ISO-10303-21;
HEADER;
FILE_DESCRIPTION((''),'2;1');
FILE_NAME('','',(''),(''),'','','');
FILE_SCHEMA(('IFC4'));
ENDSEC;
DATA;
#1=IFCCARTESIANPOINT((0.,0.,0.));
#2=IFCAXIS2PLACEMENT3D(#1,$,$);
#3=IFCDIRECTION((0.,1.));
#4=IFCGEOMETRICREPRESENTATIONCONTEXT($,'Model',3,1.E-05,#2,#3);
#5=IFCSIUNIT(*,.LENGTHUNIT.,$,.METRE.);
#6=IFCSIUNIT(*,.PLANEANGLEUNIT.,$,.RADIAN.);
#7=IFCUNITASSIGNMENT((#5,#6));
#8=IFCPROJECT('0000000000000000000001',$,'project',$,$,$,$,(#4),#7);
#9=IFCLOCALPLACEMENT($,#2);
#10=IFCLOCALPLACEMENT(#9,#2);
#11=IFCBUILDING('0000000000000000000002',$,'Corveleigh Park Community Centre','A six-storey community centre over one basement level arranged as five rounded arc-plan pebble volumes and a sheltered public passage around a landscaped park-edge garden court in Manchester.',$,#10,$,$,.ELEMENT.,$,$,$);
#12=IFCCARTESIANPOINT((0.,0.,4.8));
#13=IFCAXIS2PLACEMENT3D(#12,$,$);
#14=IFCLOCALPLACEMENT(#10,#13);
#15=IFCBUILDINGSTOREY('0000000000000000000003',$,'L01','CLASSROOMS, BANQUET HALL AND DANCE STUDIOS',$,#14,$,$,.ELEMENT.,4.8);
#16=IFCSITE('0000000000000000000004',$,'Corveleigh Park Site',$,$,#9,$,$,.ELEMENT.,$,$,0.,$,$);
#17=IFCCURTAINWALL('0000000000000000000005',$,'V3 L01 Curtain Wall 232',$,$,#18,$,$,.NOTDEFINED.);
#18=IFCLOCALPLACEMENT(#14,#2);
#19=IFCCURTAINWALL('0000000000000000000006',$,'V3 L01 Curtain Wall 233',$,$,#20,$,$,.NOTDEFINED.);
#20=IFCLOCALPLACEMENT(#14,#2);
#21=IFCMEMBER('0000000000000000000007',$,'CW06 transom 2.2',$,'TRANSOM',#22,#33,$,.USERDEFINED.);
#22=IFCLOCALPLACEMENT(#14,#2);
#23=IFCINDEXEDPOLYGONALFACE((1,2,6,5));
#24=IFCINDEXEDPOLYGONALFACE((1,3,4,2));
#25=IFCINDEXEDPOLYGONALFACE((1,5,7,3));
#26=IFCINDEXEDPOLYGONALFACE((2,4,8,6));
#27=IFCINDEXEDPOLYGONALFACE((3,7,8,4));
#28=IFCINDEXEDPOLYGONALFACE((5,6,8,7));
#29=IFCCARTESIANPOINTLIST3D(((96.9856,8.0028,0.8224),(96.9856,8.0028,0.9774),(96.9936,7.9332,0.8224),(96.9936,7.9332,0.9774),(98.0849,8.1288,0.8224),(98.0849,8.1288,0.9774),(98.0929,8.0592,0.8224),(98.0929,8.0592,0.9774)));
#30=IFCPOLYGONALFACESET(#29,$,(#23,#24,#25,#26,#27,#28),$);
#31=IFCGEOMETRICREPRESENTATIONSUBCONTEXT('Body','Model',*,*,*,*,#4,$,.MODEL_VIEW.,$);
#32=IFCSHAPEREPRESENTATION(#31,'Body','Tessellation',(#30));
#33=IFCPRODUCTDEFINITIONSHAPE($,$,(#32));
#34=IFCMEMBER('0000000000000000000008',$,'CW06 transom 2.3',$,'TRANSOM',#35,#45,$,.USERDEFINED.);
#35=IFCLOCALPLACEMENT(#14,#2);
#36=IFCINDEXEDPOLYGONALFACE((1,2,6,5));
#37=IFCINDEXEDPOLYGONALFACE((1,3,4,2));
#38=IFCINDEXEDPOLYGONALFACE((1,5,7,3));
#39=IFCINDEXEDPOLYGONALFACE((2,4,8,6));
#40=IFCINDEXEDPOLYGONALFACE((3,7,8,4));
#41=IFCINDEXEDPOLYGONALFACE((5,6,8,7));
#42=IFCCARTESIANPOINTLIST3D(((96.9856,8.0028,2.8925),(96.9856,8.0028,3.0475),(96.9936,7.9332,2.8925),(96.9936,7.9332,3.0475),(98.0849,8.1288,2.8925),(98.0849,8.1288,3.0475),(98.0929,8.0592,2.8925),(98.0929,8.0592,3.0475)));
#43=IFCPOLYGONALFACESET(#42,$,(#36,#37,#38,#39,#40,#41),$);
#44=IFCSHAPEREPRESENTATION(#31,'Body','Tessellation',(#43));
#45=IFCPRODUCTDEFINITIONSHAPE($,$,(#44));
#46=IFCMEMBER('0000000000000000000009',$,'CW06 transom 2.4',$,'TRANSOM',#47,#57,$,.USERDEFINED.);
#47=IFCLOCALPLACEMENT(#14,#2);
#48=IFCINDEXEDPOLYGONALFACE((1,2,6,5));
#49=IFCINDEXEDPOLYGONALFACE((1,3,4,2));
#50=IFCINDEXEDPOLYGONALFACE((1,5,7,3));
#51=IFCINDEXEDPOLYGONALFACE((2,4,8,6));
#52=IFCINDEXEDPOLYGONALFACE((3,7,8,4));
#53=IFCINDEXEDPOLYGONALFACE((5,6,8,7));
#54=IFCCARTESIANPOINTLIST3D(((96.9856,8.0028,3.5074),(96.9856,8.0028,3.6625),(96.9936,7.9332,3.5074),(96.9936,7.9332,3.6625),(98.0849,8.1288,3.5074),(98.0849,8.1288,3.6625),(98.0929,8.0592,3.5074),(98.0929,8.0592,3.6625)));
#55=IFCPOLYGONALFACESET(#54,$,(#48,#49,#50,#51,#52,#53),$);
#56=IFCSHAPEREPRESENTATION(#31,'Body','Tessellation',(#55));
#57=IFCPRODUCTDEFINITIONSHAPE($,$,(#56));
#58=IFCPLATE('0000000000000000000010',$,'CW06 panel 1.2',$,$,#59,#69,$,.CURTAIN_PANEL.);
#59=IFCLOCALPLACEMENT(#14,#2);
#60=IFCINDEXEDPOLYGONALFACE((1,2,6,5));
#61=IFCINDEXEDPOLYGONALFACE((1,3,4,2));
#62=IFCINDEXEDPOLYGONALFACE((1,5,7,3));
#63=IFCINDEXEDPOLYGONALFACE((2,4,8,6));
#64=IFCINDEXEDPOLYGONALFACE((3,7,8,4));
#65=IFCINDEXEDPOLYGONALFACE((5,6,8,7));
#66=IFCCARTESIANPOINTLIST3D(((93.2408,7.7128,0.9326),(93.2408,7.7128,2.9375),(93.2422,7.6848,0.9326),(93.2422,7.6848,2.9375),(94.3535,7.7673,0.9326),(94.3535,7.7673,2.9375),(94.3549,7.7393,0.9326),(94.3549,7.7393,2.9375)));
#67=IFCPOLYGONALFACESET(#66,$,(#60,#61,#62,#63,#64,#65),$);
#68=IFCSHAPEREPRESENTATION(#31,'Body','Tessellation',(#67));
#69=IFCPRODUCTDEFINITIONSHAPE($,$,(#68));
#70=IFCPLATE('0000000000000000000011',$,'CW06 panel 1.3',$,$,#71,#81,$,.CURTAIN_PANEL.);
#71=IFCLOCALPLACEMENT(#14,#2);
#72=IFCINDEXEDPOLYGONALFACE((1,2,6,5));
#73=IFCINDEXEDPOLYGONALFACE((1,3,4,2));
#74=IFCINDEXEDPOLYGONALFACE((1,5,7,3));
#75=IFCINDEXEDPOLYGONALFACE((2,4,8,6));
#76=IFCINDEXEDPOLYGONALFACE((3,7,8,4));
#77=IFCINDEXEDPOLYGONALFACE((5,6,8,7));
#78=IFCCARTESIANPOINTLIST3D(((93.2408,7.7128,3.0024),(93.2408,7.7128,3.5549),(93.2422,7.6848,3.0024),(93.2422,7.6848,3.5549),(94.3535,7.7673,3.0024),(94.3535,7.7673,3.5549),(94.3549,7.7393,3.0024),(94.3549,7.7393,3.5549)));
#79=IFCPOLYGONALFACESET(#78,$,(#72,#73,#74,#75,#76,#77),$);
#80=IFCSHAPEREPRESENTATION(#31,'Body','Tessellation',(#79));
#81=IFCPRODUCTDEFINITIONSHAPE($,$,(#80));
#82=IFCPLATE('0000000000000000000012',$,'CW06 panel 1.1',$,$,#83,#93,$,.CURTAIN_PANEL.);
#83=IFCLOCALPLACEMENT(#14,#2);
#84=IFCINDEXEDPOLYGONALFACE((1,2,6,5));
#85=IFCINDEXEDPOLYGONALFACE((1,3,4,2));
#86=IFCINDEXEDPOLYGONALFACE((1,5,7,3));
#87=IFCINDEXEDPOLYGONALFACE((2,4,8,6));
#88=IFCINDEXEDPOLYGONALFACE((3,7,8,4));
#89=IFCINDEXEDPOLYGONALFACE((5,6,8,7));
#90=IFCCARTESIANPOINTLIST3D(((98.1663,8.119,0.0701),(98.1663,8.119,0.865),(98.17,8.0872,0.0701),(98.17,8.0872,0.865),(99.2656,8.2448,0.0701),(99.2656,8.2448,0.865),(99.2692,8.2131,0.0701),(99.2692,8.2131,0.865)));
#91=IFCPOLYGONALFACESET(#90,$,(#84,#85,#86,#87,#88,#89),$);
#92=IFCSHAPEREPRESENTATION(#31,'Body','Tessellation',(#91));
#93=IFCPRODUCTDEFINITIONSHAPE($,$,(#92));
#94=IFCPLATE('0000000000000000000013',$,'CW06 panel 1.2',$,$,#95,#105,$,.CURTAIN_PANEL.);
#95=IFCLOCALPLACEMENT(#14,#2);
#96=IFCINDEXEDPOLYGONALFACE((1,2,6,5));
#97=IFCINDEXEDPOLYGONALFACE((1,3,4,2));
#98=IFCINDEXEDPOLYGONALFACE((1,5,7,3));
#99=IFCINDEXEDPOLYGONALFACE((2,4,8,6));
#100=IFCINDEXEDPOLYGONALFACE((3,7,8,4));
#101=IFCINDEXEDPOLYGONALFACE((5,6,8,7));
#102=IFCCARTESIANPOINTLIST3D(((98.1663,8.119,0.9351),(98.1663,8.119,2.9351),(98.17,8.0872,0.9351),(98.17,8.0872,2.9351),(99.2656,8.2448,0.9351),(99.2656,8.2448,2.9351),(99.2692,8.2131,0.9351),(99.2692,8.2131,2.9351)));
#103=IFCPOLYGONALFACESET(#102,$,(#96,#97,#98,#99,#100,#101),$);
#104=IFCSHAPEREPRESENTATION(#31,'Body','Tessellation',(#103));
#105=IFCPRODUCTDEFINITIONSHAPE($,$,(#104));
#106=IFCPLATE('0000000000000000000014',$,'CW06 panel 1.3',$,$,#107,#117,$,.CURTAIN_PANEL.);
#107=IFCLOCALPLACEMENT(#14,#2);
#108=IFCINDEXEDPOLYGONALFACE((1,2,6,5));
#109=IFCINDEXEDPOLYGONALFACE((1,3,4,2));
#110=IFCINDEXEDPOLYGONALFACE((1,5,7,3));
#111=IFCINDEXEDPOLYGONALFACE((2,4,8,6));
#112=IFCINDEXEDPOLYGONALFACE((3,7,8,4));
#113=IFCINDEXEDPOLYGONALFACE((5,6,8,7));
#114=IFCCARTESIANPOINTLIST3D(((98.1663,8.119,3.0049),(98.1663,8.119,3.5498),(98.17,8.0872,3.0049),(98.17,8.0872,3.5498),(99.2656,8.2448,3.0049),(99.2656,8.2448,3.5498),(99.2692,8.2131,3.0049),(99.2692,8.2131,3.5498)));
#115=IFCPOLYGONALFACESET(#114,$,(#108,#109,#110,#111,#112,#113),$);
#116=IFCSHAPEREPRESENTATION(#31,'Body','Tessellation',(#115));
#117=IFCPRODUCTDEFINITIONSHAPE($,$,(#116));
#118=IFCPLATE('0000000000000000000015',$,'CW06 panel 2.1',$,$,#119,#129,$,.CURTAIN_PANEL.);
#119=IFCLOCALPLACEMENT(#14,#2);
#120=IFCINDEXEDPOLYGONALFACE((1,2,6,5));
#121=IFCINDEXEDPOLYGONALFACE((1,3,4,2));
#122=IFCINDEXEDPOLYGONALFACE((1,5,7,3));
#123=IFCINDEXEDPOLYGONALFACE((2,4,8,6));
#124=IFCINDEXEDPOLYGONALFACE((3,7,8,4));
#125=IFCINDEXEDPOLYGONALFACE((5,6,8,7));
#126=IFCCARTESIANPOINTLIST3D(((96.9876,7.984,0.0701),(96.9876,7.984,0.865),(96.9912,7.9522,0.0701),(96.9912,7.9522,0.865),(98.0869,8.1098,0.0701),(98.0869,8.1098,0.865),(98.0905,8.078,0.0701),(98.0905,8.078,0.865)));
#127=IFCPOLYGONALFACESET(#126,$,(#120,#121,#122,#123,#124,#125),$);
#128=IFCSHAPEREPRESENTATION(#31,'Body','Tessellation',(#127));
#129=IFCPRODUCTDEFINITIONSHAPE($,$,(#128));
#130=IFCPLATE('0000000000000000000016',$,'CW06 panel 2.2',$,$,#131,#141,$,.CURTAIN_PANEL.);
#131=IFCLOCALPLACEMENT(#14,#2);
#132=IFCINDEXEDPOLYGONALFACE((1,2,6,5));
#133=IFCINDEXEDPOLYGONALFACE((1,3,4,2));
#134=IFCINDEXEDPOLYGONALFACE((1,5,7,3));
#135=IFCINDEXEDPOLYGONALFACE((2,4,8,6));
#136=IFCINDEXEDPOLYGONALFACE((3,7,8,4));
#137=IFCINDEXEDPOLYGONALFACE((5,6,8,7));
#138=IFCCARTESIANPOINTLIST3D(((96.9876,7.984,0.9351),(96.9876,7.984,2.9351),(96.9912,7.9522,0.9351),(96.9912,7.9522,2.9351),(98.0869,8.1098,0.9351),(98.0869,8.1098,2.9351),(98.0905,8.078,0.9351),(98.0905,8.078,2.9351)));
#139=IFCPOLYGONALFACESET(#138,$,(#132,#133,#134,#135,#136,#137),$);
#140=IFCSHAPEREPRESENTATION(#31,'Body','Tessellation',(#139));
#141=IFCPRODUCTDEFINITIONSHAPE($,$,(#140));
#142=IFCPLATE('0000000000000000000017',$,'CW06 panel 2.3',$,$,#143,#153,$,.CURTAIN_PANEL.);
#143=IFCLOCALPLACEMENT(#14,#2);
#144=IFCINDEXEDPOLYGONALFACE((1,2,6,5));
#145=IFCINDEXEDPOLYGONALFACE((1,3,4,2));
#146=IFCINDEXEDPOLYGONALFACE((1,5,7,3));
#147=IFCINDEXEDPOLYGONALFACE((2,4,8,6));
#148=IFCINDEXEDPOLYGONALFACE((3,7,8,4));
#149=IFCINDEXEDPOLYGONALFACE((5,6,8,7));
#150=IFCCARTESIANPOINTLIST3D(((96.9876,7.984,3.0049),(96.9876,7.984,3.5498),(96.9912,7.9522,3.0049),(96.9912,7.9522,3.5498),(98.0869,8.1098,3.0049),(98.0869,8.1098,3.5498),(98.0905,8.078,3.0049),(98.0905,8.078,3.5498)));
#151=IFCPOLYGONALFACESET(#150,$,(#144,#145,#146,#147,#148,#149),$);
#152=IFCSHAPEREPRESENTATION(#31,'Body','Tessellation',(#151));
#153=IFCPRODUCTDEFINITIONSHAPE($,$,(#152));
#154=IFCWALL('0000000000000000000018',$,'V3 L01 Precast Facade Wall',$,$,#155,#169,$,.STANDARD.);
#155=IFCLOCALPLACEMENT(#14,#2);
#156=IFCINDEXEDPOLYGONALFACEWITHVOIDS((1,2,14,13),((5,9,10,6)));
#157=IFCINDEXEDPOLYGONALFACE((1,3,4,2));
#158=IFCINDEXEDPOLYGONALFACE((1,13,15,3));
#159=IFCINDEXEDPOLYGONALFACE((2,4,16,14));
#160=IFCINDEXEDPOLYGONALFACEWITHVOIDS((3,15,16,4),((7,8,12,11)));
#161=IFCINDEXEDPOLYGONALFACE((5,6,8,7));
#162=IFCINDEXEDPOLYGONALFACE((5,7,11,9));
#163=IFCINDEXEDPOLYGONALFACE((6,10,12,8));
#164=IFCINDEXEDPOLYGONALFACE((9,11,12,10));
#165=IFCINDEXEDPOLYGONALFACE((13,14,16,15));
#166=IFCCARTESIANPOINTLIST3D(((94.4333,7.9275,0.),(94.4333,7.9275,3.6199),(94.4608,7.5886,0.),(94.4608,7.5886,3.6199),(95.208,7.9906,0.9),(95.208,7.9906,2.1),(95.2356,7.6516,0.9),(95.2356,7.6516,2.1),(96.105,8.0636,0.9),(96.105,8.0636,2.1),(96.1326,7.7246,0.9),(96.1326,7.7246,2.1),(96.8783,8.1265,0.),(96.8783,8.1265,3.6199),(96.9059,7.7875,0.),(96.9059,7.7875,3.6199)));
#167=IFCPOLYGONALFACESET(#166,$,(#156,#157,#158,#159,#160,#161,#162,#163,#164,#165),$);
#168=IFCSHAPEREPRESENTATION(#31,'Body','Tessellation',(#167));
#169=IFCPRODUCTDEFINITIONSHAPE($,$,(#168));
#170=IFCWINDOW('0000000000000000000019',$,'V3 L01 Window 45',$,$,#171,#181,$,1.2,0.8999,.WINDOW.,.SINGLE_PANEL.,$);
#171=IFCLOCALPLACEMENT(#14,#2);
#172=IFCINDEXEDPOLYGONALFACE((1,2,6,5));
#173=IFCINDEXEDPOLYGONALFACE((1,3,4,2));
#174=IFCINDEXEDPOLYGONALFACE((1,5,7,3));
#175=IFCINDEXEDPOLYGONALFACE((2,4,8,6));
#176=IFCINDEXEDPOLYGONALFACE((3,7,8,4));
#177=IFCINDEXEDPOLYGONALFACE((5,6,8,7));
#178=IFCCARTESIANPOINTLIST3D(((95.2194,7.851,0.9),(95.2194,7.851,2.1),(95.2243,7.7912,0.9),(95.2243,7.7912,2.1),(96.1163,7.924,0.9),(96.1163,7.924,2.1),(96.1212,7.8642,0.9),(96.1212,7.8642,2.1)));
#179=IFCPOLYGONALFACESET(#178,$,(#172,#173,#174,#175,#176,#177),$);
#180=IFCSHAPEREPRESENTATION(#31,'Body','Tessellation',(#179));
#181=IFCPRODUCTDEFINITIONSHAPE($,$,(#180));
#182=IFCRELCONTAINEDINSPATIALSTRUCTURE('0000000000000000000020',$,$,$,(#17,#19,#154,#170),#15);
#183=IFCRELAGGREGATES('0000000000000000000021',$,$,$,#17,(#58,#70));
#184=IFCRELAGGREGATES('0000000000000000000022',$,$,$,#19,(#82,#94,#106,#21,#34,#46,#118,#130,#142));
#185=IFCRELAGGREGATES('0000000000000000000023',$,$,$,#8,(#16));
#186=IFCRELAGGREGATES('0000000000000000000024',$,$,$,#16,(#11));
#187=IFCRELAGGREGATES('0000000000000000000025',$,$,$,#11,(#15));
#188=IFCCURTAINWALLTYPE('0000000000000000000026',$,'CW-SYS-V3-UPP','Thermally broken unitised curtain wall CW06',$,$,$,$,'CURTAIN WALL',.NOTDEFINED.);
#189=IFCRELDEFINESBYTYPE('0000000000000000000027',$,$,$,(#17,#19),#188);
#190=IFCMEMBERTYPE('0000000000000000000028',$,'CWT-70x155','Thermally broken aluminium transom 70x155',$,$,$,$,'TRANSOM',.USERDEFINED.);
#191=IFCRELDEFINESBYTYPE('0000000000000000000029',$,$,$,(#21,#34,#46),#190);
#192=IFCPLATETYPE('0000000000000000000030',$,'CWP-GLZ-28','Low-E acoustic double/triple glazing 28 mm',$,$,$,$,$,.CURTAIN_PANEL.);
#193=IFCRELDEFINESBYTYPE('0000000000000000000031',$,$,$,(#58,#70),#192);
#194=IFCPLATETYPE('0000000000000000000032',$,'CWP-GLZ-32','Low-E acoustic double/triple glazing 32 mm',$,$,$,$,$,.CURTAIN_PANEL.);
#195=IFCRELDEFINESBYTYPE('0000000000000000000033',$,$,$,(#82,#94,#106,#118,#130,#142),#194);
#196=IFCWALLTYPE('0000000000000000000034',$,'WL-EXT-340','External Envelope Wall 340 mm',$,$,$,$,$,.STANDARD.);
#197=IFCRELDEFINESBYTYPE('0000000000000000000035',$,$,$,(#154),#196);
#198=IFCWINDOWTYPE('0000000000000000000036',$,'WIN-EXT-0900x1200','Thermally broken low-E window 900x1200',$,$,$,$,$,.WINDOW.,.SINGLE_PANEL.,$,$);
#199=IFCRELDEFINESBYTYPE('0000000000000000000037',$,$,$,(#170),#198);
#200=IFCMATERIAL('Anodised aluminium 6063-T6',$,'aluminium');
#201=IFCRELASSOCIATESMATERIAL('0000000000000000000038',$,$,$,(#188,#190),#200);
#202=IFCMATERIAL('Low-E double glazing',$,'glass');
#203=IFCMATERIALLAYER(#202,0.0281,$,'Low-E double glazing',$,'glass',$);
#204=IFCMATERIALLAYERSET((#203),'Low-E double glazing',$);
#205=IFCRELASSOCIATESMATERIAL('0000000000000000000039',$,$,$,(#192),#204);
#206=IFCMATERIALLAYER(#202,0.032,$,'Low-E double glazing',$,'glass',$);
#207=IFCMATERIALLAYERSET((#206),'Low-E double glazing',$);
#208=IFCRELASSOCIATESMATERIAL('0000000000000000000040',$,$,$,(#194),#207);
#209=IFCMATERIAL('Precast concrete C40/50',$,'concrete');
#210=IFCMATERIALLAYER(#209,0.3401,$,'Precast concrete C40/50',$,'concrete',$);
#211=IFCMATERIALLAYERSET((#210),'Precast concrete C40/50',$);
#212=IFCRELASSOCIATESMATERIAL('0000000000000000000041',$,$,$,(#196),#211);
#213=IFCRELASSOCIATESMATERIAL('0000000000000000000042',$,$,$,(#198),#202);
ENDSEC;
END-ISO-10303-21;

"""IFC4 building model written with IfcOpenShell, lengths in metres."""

from ifc_helpers import new_model, si_unit, direction, frame, frame_2d, origin, origin_2d, place, context, subcontext, project, spatial, rectangle, extrude, material, layer, layer_set, material_profile, profile_set, type_object, element, fill, aggregate, save


model = new_model("IFC4")

# Units and contexts
model_context = context("Model", 3, precision=1e-05, world=origin(), true_north=direction((0.0, 1.0)))
body_context = subcontext(model_context, "Body", "Model", "MODEL_VIEW")
ifc_project = project(units=[si_unit("LENGTHUNIT", "METRE"), si_unit("PLANEANGLEUNIT", "RADIAN")], contexts=[model_context])

# Site, building, storey
site_placement = place(None, origin())
site = spatial("IfcSite", under=ifc_project, at=site_placement, Name="Corveleigh Park Site", CompositionType="ELEMENT", RefElevation=0.0)
building_placement = place(site_placement, origin())
building = spatial("IfcBuilding", under=site, at=building_placement, Name="Corveleigh Park Community Centre", Description="A six-storey community centre over one basement level arranged as five rounded arc-plan pebble volumes and a sheltered public passage around a landscaped park-edge garden court in Manchester.", CompositionType="ELEMENT")
storey_placement = place(building_placement, frame((0.0, 0.0, 4.8)))
storey = spatial("IfcBuildingStorey", under=building, at=storey_placement, Name="L01", Description="CLASSROOMS, BANQUET HALL AND DANCE STUDIOS", CompositionType="ELEMENT", Elevation=4.8)

# Curtain wall
ifc_material_1 = material(Name="Anodised aluminium 6063-T6", Category="aluminium")
curtain_wall_type = type_object("IfcCurtainWallType", Name="CW-SYS-V3-UPP", Description="Thermally broken unitised curtain wall CW06", ElementType="CURTAIN WALL", PredefinedType="NOTDEFINED", material=ifc_material_1)
curtain_wall_1_placement = place(storey_placement, origin())
curtain_wall_1 = element("IfcCurtainWall", 1, at=curtain_wall_1_placement, inside=storey, type_object=curtain_wall_type, Name="V3 L01 Curtain Wall 232", PredefinedType="NOTDEFINED")

# Curtain wall
curtain_wall_2_placement = place(storey_placement, origin())
curtain_wall_2 = element("IfcCurtainWall", 2, at=curtain_wall_2_placement, inside=storey, type_object=curtain_wall_type, Name="V3 L01 Curtain Wall 233", PredefinedType="NOTDEFINED")

# Members
ifc_material_profile_1 = material_profile(ifc_material_1, rectangle(XDim=0.0701, YDim=0.155, at=origin_2d()), Name="ALU-T70x155", Category="aluminium")
ifc_profile_set_1 = profile_set([ifc_material_profile_1], Name="Anodised aluminium 6063-T6")
member_type_1 = type_object("IfcMemberType", Name="CWT-70x155", Description="Thermally broken aluminium transom 70x155", ElementType="TRANSOM", PredefinedType="USERDEFINED", material=ifc_profile_set_1)
member_1_placement = place(storey_placement, frame((98.0889, 8.094, 0.8999), z_axis=(-0.993498, -0.113845, 0.0), x_axis=(0.113845, -0.993498, 0.0)))
member_1 = element("IfcMember", 3, at=member_1_placement, type_object=member_type_1, Name="CW06 transom 2.2", ObjectType="TRANSOM", PredefinedType="USERDEFINED", context=body_context, shape_type="SweptSolid", body=[
    extrude(rectangle(XDim=0.0701, YDim=0.155, at=origin_2d()), origin(), (0.0, 0.0, 1.0), 1.1064),
])
member_2_placement = place(storey_placement, frame((98.0889, 8.094, 2.97), z_axis=(-0.993498, -0.113845, 0.0), x_axis=(0.113845, -0.993498, 0.0)))
member_2 = element("IfcMember", 4, at=member_2_placement, type_object=member_type_1, Name="CW06 transom 2.3", ObjectType="TRANSOM", PredefinedType="USERDEFINED", context=body_context, shape_type="SweptSolid", body=[
    extrude(rectangle(XDim=0.0701, YDim=0.155, at=origin_2d()), origin(), (0.0, 0.0, 1.0), 1.1064),
])
member_3_placement = place(storey_placement, frame((98.0889, 8.094, 3.585), z_axis=(-0.993498, -0.113845, 0.0), x_axis=(0.113845, -0.993498, 0.0)))
member_3 = element("IfcMember", 5, at=member_3_placement, type_object=member_type_1, Name="CW06 transom 2.4", ObjectType="TRANSOM", PredefinedType="USERDEFINED", context=body_context, shape_type="SweptSolid", body=[
    extrude(rectangle(XDim=0.0701, YDim=0.155, at=origin_2d()), origin(), (0.0, 0.0, 1.0), 1.1064),
])

# Plates
ifc_material_2 = material(Name="Low-E double glazing", Category="glass")
ifc_layer_1 = layer(ifc_material_2, 0.0281, Name="Low-E double glazing", Category="glass")
ifc_layer_set_1 = layer_set([ifc_layer_1], Name="Low-E double glazing")
plate_type_1 = type_object("IfcPlateType", Name="CWP-GLZ-28", Description="Low-E acoustic double/triple glazing 28 mm", PredefinedType="CURTAIN_PANEL", material=ifc_layer_set_1)
plate_1_placement = place(storey_placement, frame((93.7979, 7.7261, 0.9326), z_axis=(0.0, 0.0, 1.0), x_axis=(-0.998803, -0.048921, 0.0)))
plate_1 = element("IfcPlate", 6, at=plate_1_placement, type_object=plate_type_1, Name="CW06 panel 1.2", PredefinedType="CURTAIN_PANEL", context=body_context, shape_type="SweptSolid", body=[
    extrude(rectangle(XDim=1.114, YDim=0.0281, at=origin_2d()), origin(), (0.0, 0.0, 1.0), 2.0049),
])
plate_2_placement = place(storey_placement, frame((93.7979, 7.7261, 3.0024), z_axis=(0.0, 0.0, 1.0), x_axis=(-0.998803, -0.048921, 0.0)))
plate_2 = element("IfcPlate", 7, at=plate_2_placement, type_object=plate_type_1, Name="CW06 panel 1.3", PredefinedType="CURTAIN_PANEL", context=body_context, shape_type="SweptSolid", body=[
    extrude(rectangle(XDim=1.114, YDim=0.0281, at=origin_2d()), origin(), (0.0, 0.0, 1.0), 0.5525),
])
aggregate(curtain_wall_1, [plate_1, plate_2])
ifc_layer_2 = layer(ifc_material_2, 0.032, Name="Low-E double glazing", Category="glass")
ifc_layer_set_2 = layer_set([ifc_layer_2], Name="Low-E double glazing")
plate_type_2 = type_object("IfcPlateType", Name="CWP-GLZ-32", Description="Low-E acoustic double/triple glazing 32 mm", PredefinedType="CURTAIN_PANEL", material=ifc_layer_set_2)
plate_3_placement = place(storey_placement, frame((98.7178, 8.166, 0.0701), z_axis=(0.0, 0.0, 1.0), x_axis=(-0.99351, -0.113742, 0.0)))
plate_3 = element("IfcPlate", 8, at=plate_3_placement, type_object=plate_type_2, Name="CW06 panel 1.1", PredefinedType="CURTAIN_PANEL", context=body_context, shape_type="SweptSolid", body=[
    extrude(rectangle(XDim=1.1064, YDim=0.032, at=origin_2d()), origin(), (0.0, 0.0, 1.0), 0.7949),
])
plate_4_placement = place(storey_placement, frame((98.7178, 8.166, 0.9351), z_axis=(0.0, 0.0, 1.0), x_axis=(-0.99351, -0.113742, 0.0)))
plate_4 = element("IfcPlate", 9, at=plate_4_placement, type_object=plate_type_2, Name="CW06 panel 1.2", PredefinedType="CURTAIN_PANEL", context=body_context, shape_type="SweptSolid", body=[
    extrude(rectangle(XDim=1.1064, YDim=0.032, at=origin_2d()), origin(), (0.0, 0.0, 1.0), 2.0),
])
plate_5_placement = place(storey_placement, frame((98.7178, 8.166, 3.0049), z_axis=(0.0, 0.0, 1.0), x_axis=(-0.99351, -0.113742, 0.0)))
plate_5 = element("IfcPlate", 10, at=plate_5_placement, type_object=plate_type_2, Name="CW06 panel 1.3", PredefinedType="CURTAIN_PANEL", context=body_context, shape_type="SweptSolid", body=[
    extrude(rectangle(XDim=1.1064, YDim=0.032, at=origin_2d()), origin(), (0.0, 0.0, 1.0), 0.5449),
])
plate_6_placement = place(storey_placement, frame((97.5391, 8.031, 0.0701), z_axis=(0.0, 0.0, 1.0), x_axis=(-0.99351, -0.113742, 0.0)))
plate_6 = element("IfcPlate", 11, at=plate_6_placement, type_object=plate_type_2, Name="CW06 panel 2.1", PredefinedType="CURTAIN_PANEL", context=body_context, shape_type="SweptSolid", body=[
    extrude(rectangle(XDim=1.1064, YDim=0.032, at=origin_2d()), origin(), (0.0, 0.0, 1.0), 0.7949),
])
plate_7_placement = place(storey_placement, frame((97.5391, 8.031, 0.9351), z_axis=(0.0, 0.0, 1.0), x_axis=(-0.99351, -0.113742, 0.0)))
plate_7 = element("IfcPlate", 12, at=plate_7_placement, type_object=plate_type_2, Name="CW06 panel 2.2", PredefinedType="CURTAIN_PANEL", context=body_context, shape_type="SweptSolid", body=[
    extrude(rectangle(XDim=1.1064, YDim=0.032, at=origin_2d()), origin(), (0.0, 0.0, 1.0), 2.0),
])
plate_8_placement = place(storey_placement, frame((97.5391, 8.031, 3.0049), z_axis=(0.0, 0.0, 1.0), x_axis=(-0.99351, -0.113742, 0.0)))
plate_8 = element("IfcPlate", 13, at=plate_8_placement, type_object=plate_type_2, Name="CW06 panel 2.3", PredefinedType="CURTAIN_PANEL", context=body_context, shape_type="SweptSolid", body=[
    extrude(rectangle(XDim=1.1064, YDim=0.032, at=origin_2d()), origin(), (0.0, 0.0, 1.0), 0.5449),
])
aggregate(curtain_wall_2, [plate_3, plate_4, plate_5, member_1, member_2, member_3, plate_6, plate_7, plate_8])

# Wall, opening, window
ifc_material_3 = material(Name="Precast concrete C40/50", Category="concrete")
ifc_layer_3 = layer(ifc_material_3, 0.3401, Name="Precast concrete C40/50", Category="concrete")
ifc_layer_set_3 = layer_set([ifc_layer_3], Name="Precast concrete C40/50")
wall_type = type_object("IfcWallType", Name="WL-EXT-340", Description="External Envelope Wall 340 mm", PredefinedType="STANDARD", material=ifc_layer_set_3)
wall_placement = place(storey_placement, frame((96.8921, 7.957, 0.0), z_axis=(0.0, 0.0, 1.0), x_axis=(-0.996705, -0.08111, 0.0)))
wall = element("IfcWall", 14, at=wall_placement, inside=storey, type_object=wall_type, Name="V3 L01 Precast Facade Wall", PredefinedType="STANDARD", context=body_context, shape_type="SweptSolid", body=[
    extrude(rectangle(XDim=2.4531, YDim=0.3401, at=frame_2d((1.2266, 0.0))), origin(), (0.0, 0.0, 1.0), 3.6199),
])
opening_placement = place(wall_placement, frame((0.7759, 0.0, 0.8999)))
opening = element("IfcOpeningElement", 15, at=opening_placement, cuts=wall, PredefinedType="OPENING", context=body_context, shape_type="SweptSolid", body=[
    extrude(rectangle(XDim=0.8999, YDim=1.2, at=frame_2d((0.45, 0.6001))), frame((0.0, 0.1799, 0.0), z_axis=(0.0, -1.0, 0.0), x_axis=(1.0, 0.0, 0.0)), (0.0, 0.0, 1.0), 0.3601),
])
window_type = type_object("IfcWindowType", Name="WIN-EXT-0900x1200", Description="Thermally broken low-E window 900x1200", PartitioningType="SINGLE_PANEL", PredefinedType="WINDOW", material=ifc_material_2)
window_placement = place(opening_placement, origin())
window = element("IfcWindow", 16, at=window_placement, inside=storey, type_object=window_type, Name="V3 L01 Window 45", OverallHeight=1.2, OverallWidth=0.8999, PartitioningType="SINGLE_PANEL", PredefinedType="WINDOW", context=body_context, shape_type="SweptSolid", body=[
    extrude(rectangle(XDim=0.8999, YDim=1.2, at=frame_2d((0.45, 0.6001))), frame((0.0, 0.03, 0.0), z_axis=(0.0, -1.0, 0.0), x_axis=(1.0, 0.0, 0.0)), (0.0, 0.0, 1.0), 0.0601),
])
fill(opening, window)

save(model, "model.ifc")
